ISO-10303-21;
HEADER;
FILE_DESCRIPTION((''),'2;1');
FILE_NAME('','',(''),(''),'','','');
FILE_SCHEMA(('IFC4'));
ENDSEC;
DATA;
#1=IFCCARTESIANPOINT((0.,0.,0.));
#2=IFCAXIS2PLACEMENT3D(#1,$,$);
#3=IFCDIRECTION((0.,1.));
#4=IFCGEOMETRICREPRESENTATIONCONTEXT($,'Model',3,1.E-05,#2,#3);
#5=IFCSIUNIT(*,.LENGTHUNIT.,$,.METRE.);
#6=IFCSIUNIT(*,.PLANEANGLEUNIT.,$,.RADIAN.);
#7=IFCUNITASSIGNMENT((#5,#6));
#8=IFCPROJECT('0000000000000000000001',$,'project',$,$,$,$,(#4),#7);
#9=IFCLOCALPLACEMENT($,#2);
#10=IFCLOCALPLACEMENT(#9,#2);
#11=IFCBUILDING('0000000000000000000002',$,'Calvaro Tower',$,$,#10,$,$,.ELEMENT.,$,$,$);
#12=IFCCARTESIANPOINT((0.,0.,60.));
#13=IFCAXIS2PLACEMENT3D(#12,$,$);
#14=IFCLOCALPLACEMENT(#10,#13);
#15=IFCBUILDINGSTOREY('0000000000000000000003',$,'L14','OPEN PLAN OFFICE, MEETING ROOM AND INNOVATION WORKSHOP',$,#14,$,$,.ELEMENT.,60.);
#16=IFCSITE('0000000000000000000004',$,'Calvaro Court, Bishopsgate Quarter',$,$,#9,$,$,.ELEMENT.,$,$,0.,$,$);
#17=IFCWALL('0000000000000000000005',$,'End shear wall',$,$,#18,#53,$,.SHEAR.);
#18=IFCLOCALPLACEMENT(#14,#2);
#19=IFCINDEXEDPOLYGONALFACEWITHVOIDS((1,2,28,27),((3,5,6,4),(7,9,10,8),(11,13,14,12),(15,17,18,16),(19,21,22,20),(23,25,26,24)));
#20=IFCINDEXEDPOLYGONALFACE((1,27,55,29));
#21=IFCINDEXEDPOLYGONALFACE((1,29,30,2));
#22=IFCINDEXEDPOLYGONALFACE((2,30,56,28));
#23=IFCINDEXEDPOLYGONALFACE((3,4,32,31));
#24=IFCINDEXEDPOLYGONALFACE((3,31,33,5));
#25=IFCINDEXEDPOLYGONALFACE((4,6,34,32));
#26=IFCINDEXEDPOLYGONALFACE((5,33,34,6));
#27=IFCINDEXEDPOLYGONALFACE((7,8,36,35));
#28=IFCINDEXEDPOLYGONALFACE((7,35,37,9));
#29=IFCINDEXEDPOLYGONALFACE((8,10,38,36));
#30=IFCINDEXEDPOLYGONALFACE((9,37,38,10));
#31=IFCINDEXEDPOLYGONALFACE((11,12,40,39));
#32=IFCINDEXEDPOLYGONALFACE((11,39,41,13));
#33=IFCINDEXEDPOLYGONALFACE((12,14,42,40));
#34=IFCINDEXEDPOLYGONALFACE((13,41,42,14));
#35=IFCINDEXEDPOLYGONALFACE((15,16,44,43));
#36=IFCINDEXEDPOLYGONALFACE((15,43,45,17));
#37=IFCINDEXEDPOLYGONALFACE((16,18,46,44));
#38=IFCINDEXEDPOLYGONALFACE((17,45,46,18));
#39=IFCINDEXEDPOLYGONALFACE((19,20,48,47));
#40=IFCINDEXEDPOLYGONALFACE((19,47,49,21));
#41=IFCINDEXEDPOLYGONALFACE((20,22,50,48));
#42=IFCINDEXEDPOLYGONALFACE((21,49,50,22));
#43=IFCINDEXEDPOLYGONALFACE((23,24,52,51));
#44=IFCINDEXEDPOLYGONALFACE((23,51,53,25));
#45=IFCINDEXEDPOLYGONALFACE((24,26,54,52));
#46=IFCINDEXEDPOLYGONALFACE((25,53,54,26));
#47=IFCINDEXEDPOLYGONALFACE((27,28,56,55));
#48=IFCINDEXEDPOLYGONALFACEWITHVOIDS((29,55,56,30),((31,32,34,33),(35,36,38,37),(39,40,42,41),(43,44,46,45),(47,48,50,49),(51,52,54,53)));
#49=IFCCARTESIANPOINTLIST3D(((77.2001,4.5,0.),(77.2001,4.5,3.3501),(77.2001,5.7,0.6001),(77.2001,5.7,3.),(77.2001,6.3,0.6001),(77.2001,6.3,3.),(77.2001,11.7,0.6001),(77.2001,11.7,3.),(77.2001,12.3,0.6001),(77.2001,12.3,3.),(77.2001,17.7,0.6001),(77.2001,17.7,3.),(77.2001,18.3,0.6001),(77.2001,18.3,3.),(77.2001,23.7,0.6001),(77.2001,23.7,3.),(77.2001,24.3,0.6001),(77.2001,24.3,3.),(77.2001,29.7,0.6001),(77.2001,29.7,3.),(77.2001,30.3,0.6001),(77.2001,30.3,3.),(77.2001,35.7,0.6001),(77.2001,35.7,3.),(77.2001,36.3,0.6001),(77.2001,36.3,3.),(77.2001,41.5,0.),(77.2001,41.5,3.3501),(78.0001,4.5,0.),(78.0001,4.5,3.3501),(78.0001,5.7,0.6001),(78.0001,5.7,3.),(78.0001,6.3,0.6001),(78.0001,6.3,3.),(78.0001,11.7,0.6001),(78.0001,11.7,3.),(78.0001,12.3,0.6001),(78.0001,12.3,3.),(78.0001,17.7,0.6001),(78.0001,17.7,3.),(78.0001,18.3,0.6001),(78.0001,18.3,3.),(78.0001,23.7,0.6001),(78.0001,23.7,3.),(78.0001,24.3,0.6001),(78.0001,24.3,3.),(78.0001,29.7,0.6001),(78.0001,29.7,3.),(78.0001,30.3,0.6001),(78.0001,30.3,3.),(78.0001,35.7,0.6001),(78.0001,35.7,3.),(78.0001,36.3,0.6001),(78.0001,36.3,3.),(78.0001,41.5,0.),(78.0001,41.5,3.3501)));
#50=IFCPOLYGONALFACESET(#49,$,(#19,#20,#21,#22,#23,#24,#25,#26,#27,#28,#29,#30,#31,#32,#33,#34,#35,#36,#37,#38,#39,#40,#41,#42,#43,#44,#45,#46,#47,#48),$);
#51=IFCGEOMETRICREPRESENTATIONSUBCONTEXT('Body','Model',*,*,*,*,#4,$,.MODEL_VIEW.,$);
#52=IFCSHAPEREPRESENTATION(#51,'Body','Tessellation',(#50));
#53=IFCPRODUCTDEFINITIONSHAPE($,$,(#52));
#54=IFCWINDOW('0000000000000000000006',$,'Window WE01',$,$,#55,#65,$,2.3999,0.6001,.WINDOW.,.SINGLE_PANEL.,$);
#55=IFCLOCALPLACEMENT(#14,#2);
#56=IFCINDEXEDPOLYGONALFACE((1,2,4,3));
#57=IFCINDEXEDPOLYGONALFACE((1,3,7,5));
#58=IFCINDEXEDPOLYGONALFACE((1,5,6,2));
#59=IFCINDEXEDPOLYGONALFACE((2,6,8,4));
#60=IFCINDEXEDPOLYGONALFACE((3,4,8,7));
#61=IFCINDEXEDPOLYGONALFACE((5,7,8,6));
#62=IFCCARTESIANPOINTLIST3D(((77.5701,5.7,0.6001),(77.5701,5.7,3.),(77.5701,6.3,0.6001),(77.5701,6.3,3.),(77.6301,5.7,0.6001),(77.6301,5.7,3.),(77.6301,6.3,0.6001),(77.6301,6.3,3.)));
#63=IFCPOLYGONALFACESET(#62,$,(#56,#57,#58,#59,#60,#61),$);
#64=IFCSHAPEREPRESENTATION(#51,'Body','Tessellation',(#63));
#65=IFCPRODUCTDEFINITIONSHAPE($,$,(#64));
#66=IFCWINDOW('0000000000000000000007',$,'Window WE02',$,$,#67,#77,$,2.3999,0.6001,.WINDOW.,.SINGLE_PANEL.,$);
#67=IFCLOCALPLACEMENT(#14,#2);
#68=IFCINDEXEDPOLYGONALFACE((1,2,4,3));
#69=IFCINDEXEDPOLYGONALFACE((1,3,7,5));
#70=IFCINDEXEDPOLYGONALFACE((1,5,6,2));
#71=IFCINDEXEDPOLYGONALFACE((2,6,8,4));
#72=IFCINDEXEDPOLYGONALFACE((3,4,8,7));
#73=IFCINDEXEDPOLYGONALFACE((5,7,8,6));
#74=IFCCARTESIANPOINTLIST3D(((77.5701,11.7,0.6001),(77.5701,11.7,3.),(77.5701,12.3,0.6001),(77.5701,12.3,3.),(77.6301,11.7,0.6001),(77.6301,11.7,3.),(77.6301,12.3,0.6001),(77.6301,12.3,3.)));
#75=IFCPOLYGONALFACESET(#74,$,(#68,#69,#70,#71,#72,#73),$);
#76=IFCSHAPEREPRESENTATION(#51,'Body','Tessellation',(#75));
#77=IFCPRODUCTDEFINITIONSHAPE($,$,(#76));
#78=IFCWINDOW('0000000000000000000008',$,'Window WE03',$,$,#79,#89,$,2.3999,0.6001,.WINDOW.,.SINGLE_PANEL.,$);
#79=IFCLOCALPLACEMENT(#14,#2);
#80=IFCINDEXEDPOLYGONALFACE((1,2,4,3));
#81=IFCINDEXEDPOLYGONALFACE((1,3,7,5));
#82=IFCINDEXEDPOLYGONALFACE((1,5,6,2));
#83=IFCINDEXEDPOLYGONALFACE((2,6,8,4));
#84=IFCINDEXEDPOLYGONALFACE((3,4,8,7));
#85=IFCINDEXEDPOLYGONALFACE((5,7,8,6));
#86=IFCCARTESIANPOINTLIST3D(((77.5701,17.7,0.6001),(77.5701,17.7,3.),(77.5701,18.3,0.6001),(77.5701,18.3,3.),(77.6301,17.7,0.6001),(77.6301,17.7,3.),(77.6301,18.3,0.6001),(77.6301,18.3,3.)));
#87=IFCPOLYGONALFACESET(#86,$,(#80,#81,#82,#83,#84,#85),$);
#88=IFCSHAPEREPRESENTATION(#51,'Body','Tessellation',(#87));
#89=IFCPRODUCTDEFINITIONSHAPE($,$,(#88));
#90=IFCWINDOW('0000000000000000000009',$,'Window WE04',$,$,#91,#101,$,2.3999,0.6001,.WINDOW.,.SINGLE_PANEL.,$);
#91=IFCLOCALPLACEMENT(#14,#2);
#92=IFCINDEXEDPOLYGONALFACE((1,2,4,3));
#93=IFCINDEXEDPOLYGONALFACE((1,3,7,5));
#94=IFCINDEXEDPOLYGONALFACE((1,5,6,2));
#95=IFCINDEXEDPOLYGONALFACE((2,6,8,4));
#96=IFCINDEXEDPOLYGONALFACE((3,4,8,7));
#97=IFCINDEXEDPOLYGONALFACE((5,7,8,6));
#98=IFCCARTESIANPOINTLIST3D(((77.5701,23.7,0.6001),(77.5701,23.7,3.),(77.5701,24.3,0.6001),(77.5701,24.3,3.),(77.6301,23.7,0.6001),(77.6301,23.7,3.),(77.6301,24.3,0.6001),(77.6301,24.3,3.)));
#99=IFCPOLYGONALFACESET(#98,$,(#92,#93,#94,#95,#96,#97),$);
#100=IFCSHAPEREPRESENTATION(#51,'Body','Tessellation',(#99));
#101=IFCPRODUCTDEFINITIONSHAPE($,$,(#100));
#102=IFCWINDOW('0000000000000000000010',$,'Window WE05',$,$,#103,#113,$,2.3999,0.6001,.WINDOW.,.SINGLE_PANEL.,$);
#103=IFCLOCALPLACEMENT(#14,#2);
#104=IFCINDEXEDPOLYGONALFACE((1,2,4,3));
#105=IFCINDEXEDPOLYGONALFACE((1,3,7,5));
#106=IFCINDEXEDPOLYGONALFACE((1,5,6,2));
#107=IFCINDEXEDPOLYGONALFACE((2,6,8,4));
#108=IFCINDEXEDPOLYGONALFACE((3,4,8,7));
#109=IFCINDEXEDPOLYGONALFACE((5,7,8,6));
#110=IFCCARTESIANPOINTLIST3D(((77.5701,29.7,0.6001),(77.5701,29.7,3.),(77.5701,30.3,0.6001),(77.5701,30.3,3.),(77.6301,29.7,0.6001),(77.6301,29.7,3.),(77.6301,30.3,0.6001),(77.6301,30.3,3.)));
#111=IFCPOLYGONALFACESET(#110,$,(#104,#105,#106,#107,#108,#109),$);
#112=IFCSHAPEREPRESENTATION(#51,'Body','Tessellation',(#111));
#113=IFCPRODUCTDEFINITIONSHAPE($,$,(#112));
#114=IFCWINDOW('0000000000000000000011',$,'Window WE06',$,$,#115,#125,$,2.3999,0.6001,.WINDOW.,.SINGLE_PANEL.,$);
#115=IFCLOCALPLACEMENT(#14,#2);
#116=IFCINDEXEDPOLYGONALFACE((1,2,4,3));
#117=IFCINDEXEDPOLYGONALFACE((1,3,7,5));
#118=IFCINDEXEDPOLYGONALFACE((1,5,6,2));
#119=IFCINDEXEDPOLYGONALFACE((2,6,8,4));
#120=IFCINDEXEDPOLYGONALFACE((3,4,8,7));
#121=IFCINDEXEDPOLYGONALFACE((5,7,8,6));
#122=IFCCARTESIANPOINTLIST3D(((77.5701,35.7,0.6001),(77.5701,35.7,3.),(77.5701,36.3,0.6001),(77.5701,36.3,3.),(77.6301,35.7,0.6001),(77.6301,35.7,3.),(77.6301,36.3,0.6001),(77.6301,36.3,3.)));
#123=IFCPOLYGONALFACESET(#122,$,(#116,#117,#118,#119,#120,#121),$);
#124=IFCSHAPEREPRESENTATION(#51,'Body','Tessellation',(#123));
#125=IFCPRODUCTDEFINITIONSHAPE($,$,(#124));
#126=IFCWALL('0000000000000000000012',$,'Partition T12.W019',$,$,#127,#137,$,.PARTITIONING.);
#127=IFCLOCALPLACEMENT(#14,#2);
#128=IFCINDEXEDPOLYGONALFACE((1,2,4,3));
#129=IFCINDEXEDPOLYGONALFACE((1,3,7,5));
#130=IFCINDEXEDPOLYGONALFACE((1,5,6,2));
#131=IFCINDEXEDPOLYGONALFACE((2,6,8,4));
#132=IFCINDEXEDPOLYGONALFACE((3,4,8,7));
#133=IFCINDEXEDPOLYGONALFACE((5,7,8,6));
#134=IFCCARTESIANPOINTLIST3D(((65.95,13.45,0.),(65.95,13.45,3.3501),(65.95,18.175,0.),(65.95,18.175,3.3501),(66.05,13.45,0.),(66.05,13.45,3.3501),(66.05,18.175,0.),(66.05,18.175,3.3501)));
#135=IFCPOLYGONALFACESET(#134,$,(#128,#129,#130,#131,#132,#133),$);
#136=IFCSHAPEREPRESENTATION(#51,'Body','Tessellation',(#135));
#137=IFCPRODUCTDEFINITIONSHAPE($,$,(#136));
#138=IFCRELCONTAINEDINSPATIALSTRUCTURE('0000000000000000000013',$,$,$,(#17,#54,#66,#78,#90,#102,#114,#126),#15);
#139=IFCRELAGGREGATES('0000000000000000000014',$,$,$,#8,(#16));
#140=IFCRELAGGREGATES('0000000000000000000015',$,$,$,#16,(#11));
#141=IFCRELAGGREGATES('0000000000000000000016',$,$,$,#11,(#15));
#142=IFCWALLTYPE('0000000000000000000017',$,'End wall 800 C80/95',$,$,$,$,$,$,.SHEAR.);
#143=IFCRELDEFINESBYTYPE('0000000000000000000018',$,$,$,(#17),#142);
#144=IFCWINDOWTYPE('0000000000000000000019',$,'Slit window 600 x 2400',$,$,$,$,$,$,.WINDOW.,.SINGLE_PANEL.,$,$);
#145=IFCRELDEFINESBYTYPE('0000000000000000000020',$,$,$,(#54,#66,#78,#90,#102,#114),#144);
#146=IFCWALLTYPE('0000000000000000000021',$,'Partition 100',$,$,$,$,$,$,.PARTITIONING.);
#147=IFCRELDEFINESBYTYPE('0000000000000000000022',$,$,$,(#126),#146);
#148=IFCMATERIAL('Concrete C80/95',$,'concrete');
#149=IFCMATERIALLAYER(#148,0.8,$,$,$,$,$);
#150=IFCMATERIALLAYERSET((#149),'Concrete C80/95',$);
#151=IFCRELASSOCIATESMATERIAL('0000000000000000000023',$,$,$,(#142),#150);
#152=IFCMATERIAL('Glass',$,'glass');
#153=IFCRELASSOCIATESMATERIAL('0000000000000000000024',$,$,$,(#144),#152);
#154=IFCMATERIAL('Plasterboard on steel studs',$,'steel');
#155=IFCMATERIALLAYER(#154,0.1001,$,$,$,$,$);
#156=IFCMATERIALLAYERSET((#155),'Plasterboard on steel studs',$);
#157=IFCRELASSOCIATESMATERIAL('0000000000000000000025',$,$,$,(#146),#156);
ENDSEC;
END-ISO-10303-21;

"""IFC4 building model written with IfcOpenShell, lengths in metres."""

from ifc_helpers import new_model, si_unit, direction, frame, frame_2d, origin, place, context, subcontext, project, spatial, rectangle, extrude, material, layer, layer_set, type_object, element, fill, save


model = new_model("IFC4")

# Units and contexts
model_context = context("Model", 3, precision=1e-05, world=origin(), true_north=direction((0.0, 1.0)))
body_context = subcontext(model_context, "Body", "Model", "MODEL_VIEW")
ifc_project = project(units=[si_unit("LENGTHUNIT", "METRE"), si_unit("PLANEANGLEUNIT", "RADIAN")], contexts=[model_context])

# Site, building, storey
site_placement = place(None, origin())
site = spatial("IfcSite", under=ifc_project, at=site_placement, Name="Calvaro Court, Bishopsgate Quarter", CompositionType="ELEMENT", RefElevation=0.0)
building_placement = place(site_placement, origin())
building = spatial("IfcBuilding", under=site, at=building_placement, Name="Calvaro Tower", CompositionType="ELEMENT")
storey_placement = place(building_placement, frame((0.0, 0.0, 60.0)))
storey = spatial("IfcBuildingStorey", under=building, at=storey_placement, Name="L14", Description="OPEN PLAN OFFICE, MEETING ROOM AND INNOVATION WORKSHOP", CompositionType="ELEMENT", Elevation=60.0)

# Wall, openings, windows
ifc_material_1 = material(Name="Concrete C80/95", Category="concrete")
ifc_layer_1 = layer(ifc_material_1, 0.8)
ifc_layer_set_1 = layer_set([ifc_layer_1], Name="Concrete C80/95")
wall_type_1 = type_object("IfcWallType", Name="End wall 800 C80/95", PredefinedType="SHEAR", material=ifc_layer_set_1)
wall_1_placement = place(storey_placement, frame((77.6001, 4.5, 0.0), z_axis=(0.0, 0.0, 1.0), x_axis=(0.0, 1.0, 0.0)))
wall_1 = element("IfcWall", 1, at=wall_1_placement, inside=storey, type_object=wall_type_1, Name="End shear wall", PredefinedType="SHEAR", context=body_context, shape_type="SweptSolid", body=[
    extrude(rectangle(XDim=37.0, YDim=0.8, at=frame_2d((18.5, 0.0))), origin(), (0.0, 0.0, 1.0), 3.3501),
])
opening_1_placement = place(wall_1_placement, frame((1.2, 0.0, 0.6001)))
opening_1 = element("IfcOpeningElement", 2, at=opening_1_placement, cuts=wall_1, PredefinedType="OPENING", context=body_context, shape_type="SweptSolid", body=[
    extrude(rectangle(XDim=0.6001, YDim=2.3999, at=frame_2d((0.3, 1.2))), frame((0.0, 0.4099, 0.0), z_axis=(0.0, -1.0, 0.0), x_axis=(1.0, 0.0, 0.0)), (0.0, 0.0, 1.0), 0.8201),
])
opening_2_placement = place(wall_1_placement, frame((7.2, 0.0, 0.6001)))
opening_2 = element("IfcOpeningElement", 3, at=opening_2_placement, cuts=wall_1, PredefinedType="OPENING", context=body_context, shape_type="SweptSolid", body=[
    extrude(rectangle(XDim=0.6001, YDim=2.3999, at=frame_2d((0.3, 1.2))), frame((0.0, 0.4099, 0.0), z_axis=(0.0, -1.0, 0.0), x_axis=(1.0, 0.0, 0.0)), (0.0, 0.0, 1.0), 0.8201),
])
opening_3_placement = place(wall_1_placement, frame((13.2, 0.0, 0.6001)))
opening_3 = element("IfcOpeningElement", 4, at=opening_3_placement, cuts=wall_1, PredefinedType="OPENING", context=body_context, shape_type="SweptSolid", body=[
    extrude(rectangle(XDim=0.6001, YDim=2.3999, at=frame_2d((0.3, 1.2))), frame((0.0, 0.4099, 0.0), z_axis=(0.0, -1.0, 0.0), x_axis=(1.0, 0.0, 0.0)), (0.0, 0.0, 1.0), 0.8201),
])
opening_4_placement = place(wall_1_placement, frame((19.2, 0.0, 0.6001)))
opening_4 = element("IfcOpeningElement", 5, at=opening_4_placement, cuts=wall_1, PredefinedType="OPENING", context=body_context, shape_type="SweptSolid", body=[
    extrude(rectangle(XDim=0.6001, YDim=2.3999, at=frame_2d((0.3, 1.2))), frame((0.0, 0.4099, 0.0), z_axis=(0.0, -1.0, 0.0), x_axis=(1.0, 0.0, 0.0)), (0.0, 0.0, 1.0), 0.8201),
])
opening_5_placement = place(wall_1_placement, frame((25.2, 0.0, 0.6001)))
opening_5 = element("IfcOpeningElement", 6, at=opening_5_placement, cuts=wall_1, PredefinedType="OPENING", context=body_context, shape_type="SweptSolid", body=[
    extrude(rectangle(XDim=0.6001, YDim=2.3999, at=frame_2d((0.3, 1.2))), frame((0.0, 0.4099, 0.0), z_axis=(0.0, -1.0, 0.0), x_axis=(1.0, 0.0, 0.0)), (0.0, 0.0, 1.0), 0.8201),
])
opening_6_placement = place(wall_1_placement, frame((31.2, 0.0, 0.6001)))
opening_6 = element("IfcOpeningElement", 7, at=opening_6_placement, cuts=wall_1, PredefinedType="OPENING", context=body_context, shape_type="SweptSolid", body=[
    extrude(rectangle(XDim=0.6001, YDim=2.3999, at=frame_2d((0.3, 1.2))), frame((0.0, 0.4099, 0.0), z_axis=(0.0, -1.0, 0.0), x_axis=(1.0, 0.0, 0.0)), (0.0, 0.0, 1.0), 0.8201),
])
ifc_material_2 = material(Name="Glass", Category="glass")
window_type = type_object("IfcWindowType", Name="Slit window 600 x 2400", PartitioningType="SINGLE_PANEL", PredefinedType="WINDOW", material=ifc_material_2)
window_1_placement = place(opening_1_placement, origin())
window_1 = element("IfcWindow", 8, at=window_1_placement, inside=storey, type_object=window_type, Name="Window WE01", OverallHeight=2.3999, OverallWidth=0.6001, PartitioningType="SINGLE_PANEL", PredefinedType="WINDOW", context=body_context, shape_type="SweptSolid", body=[
    extrude(rectangle(XDim=0.6001, YDim=2.3999, at=frame_2d((0.3, 1.2))), frame((0.0, 0.03, 0.0), z_axis=(0.0, -1.0, 0.0), x_axis=(1.0, 0.0, 0.0)), (0.0, 0.0, 1.0), 0.0601),
])
fill(opening_1, window_1)
window_2_placement = place(opening_2_placement, origin())
window_2 = element("IfcWindow", 9, at=window_2_placement, inside=storey, type_object=window_type, Name="Window WE02", OverallHeight=2.3999, OverallWidth=0.6001, PartitioningType="SINGLE_PANEL", PredefinedType="WINDOW", context=body_context, shape_type="SweptSolid", body=[
    extrude(rectangle(XDim=0.6001, YDim=2.3999, at=frame_2d((0.3, 1.2))), frame((0.0, 0.03, 0.0), z_axis=(0.0, -1.0, 0.0), x_axis=(1.0, 0.0, 0.0)), (0.0, 0.0, 1.0), 0.0601),
])
fill(opening_2, window_2)
window_3_placement = place(opening_3_placement, origin())
window_3 = element("IfcWindow", 10, at=window_3_placement, inside=storey, type_object=window_type, Name="Window WE03", OverallHeight=2.3999, OverallWidth=0.6001, PartitioningType="SINGLE_PANEL", PredefinedType="WINDOW", context=body_context, shape_type="SweptSolid", body=[
    extrude(rectangle(XDim=0.6001, YDim=2.3999, at=frame_2d((0.3, 1.2))), frame((0.0, 0.03, 0.0), z_axis=(0.0, -1.0, 0.0), x_axis=(1.0, 0.0, 0.0)), (0.0, 0.0, 1.0), 0.0601),
])
fill(opening_3, window_3)
window_4_placement = place(opening_4_placement, origin())
window_4 = element("IfcWindow", 11, at=window_4_placement, inside=storey, type_object=window_type, Name="Window WE04", OverallHeight=2.3999, OverallWidth=0.6001, PartitioningType="SINGLE_PANEL", PredefinedType="WINDOW", context=body_context, shape_type="SweptSolid", body=[
    extrude(rectangle(XDim=0.6001, YDim=2.3999, at=frame_2d((0.3, 1.2))), frame((0.0, 0.03, 0.0), z_axis=(0.0, -1.0, 0.0), x_axis=(1.0, 0.0, 0.0)), (0.0, 0.0, 1.0), 0.0601),
])
fill(opening_4, window_4)
window_5_placement = place(opening_5_placement, origin())
window_5 = element("IfcWindow", 12, at=window_5_placement, inside=storey, type_object=window_type, Name="Window WE05", OverallHeight=2.3999, OverallWidth=0.6001, PartitioningType="SINGLE_PANEL", PredefinedType="WINDOW", context=body_context, shape_type="SweptSolid", body=[
    extrude(rectangle(XDim=0.6001, YDim=2.3999, at=frame_2d((0.3, 1.2))), frame((0.0, 0.03, 0.0), z_axis=(0.0, -1.0, 0.0), x_axis=(1.0, 0.0, 0.0)), (0.0, 0.0, 1.0), 0.0601),
])
fill(opening_5, window_5)
window_6_placement = place(opening_6_placement, origin())
window_6 = element("IfcWindow", 13, at=window_6_placement, inside=storey, type_object=window_type, Name="Window WE06", OverallHeight=2.3999, OverallWidth=0.6001, PartitioningType="SINGLE_PANEL", PredefinedType="WINDOW", context=body_context, shape_type="SweptSolid", body=[
    extrude(rectangle(XDim=0.6001, YDim=2.3999, at=frame_2d((0.3, 1.2))), frame((0.0, 0.03, 0.0), z_axis=(0.0, -1.0, 0.0), x_axis=(1.0, 0.0, 0.0)), (0.0, 0.0, 1.0), 0.0601),
])
fill(opening_6, window_6)

# Wall
ifc_material_3 = material(Name="Plasterboard on steel studs", Category="steel")
ifc_layer_2 = layer(ifc_material_3, 0.1001)
ifc_layer_set_2 = layer_set([ifc_layer_2], Name="Plasterboard on steel studs")
wall_type_2 = type_object("IfcWallType", Name="Partition 100", PredefinedType="PARTITIONING", material=ifc_layer_set_2)
wall_2_placement = place(storey_placement, frame((66.0, 13.45, 0.0), z_axis=(0.0, 0.0, 1.0), x_axis=(0.0, 1.0, 0.0)))
element("IfcWall", 14, at=wall_2_placement, inside=storey, type_object=wall_type_2, Name="Partition T12.W019", PredefinedType="PARTITIONING", context=body_context, shape_type="SweptSolid", body=[
    extrude(rectangle(XDim=4.7251, YDim=0.1001, at=frame_2d((2.3625, 0.0))), origin(), (0.0, 0.0, 1.0), 3.3501),
])

save(model, "model.ifc")
